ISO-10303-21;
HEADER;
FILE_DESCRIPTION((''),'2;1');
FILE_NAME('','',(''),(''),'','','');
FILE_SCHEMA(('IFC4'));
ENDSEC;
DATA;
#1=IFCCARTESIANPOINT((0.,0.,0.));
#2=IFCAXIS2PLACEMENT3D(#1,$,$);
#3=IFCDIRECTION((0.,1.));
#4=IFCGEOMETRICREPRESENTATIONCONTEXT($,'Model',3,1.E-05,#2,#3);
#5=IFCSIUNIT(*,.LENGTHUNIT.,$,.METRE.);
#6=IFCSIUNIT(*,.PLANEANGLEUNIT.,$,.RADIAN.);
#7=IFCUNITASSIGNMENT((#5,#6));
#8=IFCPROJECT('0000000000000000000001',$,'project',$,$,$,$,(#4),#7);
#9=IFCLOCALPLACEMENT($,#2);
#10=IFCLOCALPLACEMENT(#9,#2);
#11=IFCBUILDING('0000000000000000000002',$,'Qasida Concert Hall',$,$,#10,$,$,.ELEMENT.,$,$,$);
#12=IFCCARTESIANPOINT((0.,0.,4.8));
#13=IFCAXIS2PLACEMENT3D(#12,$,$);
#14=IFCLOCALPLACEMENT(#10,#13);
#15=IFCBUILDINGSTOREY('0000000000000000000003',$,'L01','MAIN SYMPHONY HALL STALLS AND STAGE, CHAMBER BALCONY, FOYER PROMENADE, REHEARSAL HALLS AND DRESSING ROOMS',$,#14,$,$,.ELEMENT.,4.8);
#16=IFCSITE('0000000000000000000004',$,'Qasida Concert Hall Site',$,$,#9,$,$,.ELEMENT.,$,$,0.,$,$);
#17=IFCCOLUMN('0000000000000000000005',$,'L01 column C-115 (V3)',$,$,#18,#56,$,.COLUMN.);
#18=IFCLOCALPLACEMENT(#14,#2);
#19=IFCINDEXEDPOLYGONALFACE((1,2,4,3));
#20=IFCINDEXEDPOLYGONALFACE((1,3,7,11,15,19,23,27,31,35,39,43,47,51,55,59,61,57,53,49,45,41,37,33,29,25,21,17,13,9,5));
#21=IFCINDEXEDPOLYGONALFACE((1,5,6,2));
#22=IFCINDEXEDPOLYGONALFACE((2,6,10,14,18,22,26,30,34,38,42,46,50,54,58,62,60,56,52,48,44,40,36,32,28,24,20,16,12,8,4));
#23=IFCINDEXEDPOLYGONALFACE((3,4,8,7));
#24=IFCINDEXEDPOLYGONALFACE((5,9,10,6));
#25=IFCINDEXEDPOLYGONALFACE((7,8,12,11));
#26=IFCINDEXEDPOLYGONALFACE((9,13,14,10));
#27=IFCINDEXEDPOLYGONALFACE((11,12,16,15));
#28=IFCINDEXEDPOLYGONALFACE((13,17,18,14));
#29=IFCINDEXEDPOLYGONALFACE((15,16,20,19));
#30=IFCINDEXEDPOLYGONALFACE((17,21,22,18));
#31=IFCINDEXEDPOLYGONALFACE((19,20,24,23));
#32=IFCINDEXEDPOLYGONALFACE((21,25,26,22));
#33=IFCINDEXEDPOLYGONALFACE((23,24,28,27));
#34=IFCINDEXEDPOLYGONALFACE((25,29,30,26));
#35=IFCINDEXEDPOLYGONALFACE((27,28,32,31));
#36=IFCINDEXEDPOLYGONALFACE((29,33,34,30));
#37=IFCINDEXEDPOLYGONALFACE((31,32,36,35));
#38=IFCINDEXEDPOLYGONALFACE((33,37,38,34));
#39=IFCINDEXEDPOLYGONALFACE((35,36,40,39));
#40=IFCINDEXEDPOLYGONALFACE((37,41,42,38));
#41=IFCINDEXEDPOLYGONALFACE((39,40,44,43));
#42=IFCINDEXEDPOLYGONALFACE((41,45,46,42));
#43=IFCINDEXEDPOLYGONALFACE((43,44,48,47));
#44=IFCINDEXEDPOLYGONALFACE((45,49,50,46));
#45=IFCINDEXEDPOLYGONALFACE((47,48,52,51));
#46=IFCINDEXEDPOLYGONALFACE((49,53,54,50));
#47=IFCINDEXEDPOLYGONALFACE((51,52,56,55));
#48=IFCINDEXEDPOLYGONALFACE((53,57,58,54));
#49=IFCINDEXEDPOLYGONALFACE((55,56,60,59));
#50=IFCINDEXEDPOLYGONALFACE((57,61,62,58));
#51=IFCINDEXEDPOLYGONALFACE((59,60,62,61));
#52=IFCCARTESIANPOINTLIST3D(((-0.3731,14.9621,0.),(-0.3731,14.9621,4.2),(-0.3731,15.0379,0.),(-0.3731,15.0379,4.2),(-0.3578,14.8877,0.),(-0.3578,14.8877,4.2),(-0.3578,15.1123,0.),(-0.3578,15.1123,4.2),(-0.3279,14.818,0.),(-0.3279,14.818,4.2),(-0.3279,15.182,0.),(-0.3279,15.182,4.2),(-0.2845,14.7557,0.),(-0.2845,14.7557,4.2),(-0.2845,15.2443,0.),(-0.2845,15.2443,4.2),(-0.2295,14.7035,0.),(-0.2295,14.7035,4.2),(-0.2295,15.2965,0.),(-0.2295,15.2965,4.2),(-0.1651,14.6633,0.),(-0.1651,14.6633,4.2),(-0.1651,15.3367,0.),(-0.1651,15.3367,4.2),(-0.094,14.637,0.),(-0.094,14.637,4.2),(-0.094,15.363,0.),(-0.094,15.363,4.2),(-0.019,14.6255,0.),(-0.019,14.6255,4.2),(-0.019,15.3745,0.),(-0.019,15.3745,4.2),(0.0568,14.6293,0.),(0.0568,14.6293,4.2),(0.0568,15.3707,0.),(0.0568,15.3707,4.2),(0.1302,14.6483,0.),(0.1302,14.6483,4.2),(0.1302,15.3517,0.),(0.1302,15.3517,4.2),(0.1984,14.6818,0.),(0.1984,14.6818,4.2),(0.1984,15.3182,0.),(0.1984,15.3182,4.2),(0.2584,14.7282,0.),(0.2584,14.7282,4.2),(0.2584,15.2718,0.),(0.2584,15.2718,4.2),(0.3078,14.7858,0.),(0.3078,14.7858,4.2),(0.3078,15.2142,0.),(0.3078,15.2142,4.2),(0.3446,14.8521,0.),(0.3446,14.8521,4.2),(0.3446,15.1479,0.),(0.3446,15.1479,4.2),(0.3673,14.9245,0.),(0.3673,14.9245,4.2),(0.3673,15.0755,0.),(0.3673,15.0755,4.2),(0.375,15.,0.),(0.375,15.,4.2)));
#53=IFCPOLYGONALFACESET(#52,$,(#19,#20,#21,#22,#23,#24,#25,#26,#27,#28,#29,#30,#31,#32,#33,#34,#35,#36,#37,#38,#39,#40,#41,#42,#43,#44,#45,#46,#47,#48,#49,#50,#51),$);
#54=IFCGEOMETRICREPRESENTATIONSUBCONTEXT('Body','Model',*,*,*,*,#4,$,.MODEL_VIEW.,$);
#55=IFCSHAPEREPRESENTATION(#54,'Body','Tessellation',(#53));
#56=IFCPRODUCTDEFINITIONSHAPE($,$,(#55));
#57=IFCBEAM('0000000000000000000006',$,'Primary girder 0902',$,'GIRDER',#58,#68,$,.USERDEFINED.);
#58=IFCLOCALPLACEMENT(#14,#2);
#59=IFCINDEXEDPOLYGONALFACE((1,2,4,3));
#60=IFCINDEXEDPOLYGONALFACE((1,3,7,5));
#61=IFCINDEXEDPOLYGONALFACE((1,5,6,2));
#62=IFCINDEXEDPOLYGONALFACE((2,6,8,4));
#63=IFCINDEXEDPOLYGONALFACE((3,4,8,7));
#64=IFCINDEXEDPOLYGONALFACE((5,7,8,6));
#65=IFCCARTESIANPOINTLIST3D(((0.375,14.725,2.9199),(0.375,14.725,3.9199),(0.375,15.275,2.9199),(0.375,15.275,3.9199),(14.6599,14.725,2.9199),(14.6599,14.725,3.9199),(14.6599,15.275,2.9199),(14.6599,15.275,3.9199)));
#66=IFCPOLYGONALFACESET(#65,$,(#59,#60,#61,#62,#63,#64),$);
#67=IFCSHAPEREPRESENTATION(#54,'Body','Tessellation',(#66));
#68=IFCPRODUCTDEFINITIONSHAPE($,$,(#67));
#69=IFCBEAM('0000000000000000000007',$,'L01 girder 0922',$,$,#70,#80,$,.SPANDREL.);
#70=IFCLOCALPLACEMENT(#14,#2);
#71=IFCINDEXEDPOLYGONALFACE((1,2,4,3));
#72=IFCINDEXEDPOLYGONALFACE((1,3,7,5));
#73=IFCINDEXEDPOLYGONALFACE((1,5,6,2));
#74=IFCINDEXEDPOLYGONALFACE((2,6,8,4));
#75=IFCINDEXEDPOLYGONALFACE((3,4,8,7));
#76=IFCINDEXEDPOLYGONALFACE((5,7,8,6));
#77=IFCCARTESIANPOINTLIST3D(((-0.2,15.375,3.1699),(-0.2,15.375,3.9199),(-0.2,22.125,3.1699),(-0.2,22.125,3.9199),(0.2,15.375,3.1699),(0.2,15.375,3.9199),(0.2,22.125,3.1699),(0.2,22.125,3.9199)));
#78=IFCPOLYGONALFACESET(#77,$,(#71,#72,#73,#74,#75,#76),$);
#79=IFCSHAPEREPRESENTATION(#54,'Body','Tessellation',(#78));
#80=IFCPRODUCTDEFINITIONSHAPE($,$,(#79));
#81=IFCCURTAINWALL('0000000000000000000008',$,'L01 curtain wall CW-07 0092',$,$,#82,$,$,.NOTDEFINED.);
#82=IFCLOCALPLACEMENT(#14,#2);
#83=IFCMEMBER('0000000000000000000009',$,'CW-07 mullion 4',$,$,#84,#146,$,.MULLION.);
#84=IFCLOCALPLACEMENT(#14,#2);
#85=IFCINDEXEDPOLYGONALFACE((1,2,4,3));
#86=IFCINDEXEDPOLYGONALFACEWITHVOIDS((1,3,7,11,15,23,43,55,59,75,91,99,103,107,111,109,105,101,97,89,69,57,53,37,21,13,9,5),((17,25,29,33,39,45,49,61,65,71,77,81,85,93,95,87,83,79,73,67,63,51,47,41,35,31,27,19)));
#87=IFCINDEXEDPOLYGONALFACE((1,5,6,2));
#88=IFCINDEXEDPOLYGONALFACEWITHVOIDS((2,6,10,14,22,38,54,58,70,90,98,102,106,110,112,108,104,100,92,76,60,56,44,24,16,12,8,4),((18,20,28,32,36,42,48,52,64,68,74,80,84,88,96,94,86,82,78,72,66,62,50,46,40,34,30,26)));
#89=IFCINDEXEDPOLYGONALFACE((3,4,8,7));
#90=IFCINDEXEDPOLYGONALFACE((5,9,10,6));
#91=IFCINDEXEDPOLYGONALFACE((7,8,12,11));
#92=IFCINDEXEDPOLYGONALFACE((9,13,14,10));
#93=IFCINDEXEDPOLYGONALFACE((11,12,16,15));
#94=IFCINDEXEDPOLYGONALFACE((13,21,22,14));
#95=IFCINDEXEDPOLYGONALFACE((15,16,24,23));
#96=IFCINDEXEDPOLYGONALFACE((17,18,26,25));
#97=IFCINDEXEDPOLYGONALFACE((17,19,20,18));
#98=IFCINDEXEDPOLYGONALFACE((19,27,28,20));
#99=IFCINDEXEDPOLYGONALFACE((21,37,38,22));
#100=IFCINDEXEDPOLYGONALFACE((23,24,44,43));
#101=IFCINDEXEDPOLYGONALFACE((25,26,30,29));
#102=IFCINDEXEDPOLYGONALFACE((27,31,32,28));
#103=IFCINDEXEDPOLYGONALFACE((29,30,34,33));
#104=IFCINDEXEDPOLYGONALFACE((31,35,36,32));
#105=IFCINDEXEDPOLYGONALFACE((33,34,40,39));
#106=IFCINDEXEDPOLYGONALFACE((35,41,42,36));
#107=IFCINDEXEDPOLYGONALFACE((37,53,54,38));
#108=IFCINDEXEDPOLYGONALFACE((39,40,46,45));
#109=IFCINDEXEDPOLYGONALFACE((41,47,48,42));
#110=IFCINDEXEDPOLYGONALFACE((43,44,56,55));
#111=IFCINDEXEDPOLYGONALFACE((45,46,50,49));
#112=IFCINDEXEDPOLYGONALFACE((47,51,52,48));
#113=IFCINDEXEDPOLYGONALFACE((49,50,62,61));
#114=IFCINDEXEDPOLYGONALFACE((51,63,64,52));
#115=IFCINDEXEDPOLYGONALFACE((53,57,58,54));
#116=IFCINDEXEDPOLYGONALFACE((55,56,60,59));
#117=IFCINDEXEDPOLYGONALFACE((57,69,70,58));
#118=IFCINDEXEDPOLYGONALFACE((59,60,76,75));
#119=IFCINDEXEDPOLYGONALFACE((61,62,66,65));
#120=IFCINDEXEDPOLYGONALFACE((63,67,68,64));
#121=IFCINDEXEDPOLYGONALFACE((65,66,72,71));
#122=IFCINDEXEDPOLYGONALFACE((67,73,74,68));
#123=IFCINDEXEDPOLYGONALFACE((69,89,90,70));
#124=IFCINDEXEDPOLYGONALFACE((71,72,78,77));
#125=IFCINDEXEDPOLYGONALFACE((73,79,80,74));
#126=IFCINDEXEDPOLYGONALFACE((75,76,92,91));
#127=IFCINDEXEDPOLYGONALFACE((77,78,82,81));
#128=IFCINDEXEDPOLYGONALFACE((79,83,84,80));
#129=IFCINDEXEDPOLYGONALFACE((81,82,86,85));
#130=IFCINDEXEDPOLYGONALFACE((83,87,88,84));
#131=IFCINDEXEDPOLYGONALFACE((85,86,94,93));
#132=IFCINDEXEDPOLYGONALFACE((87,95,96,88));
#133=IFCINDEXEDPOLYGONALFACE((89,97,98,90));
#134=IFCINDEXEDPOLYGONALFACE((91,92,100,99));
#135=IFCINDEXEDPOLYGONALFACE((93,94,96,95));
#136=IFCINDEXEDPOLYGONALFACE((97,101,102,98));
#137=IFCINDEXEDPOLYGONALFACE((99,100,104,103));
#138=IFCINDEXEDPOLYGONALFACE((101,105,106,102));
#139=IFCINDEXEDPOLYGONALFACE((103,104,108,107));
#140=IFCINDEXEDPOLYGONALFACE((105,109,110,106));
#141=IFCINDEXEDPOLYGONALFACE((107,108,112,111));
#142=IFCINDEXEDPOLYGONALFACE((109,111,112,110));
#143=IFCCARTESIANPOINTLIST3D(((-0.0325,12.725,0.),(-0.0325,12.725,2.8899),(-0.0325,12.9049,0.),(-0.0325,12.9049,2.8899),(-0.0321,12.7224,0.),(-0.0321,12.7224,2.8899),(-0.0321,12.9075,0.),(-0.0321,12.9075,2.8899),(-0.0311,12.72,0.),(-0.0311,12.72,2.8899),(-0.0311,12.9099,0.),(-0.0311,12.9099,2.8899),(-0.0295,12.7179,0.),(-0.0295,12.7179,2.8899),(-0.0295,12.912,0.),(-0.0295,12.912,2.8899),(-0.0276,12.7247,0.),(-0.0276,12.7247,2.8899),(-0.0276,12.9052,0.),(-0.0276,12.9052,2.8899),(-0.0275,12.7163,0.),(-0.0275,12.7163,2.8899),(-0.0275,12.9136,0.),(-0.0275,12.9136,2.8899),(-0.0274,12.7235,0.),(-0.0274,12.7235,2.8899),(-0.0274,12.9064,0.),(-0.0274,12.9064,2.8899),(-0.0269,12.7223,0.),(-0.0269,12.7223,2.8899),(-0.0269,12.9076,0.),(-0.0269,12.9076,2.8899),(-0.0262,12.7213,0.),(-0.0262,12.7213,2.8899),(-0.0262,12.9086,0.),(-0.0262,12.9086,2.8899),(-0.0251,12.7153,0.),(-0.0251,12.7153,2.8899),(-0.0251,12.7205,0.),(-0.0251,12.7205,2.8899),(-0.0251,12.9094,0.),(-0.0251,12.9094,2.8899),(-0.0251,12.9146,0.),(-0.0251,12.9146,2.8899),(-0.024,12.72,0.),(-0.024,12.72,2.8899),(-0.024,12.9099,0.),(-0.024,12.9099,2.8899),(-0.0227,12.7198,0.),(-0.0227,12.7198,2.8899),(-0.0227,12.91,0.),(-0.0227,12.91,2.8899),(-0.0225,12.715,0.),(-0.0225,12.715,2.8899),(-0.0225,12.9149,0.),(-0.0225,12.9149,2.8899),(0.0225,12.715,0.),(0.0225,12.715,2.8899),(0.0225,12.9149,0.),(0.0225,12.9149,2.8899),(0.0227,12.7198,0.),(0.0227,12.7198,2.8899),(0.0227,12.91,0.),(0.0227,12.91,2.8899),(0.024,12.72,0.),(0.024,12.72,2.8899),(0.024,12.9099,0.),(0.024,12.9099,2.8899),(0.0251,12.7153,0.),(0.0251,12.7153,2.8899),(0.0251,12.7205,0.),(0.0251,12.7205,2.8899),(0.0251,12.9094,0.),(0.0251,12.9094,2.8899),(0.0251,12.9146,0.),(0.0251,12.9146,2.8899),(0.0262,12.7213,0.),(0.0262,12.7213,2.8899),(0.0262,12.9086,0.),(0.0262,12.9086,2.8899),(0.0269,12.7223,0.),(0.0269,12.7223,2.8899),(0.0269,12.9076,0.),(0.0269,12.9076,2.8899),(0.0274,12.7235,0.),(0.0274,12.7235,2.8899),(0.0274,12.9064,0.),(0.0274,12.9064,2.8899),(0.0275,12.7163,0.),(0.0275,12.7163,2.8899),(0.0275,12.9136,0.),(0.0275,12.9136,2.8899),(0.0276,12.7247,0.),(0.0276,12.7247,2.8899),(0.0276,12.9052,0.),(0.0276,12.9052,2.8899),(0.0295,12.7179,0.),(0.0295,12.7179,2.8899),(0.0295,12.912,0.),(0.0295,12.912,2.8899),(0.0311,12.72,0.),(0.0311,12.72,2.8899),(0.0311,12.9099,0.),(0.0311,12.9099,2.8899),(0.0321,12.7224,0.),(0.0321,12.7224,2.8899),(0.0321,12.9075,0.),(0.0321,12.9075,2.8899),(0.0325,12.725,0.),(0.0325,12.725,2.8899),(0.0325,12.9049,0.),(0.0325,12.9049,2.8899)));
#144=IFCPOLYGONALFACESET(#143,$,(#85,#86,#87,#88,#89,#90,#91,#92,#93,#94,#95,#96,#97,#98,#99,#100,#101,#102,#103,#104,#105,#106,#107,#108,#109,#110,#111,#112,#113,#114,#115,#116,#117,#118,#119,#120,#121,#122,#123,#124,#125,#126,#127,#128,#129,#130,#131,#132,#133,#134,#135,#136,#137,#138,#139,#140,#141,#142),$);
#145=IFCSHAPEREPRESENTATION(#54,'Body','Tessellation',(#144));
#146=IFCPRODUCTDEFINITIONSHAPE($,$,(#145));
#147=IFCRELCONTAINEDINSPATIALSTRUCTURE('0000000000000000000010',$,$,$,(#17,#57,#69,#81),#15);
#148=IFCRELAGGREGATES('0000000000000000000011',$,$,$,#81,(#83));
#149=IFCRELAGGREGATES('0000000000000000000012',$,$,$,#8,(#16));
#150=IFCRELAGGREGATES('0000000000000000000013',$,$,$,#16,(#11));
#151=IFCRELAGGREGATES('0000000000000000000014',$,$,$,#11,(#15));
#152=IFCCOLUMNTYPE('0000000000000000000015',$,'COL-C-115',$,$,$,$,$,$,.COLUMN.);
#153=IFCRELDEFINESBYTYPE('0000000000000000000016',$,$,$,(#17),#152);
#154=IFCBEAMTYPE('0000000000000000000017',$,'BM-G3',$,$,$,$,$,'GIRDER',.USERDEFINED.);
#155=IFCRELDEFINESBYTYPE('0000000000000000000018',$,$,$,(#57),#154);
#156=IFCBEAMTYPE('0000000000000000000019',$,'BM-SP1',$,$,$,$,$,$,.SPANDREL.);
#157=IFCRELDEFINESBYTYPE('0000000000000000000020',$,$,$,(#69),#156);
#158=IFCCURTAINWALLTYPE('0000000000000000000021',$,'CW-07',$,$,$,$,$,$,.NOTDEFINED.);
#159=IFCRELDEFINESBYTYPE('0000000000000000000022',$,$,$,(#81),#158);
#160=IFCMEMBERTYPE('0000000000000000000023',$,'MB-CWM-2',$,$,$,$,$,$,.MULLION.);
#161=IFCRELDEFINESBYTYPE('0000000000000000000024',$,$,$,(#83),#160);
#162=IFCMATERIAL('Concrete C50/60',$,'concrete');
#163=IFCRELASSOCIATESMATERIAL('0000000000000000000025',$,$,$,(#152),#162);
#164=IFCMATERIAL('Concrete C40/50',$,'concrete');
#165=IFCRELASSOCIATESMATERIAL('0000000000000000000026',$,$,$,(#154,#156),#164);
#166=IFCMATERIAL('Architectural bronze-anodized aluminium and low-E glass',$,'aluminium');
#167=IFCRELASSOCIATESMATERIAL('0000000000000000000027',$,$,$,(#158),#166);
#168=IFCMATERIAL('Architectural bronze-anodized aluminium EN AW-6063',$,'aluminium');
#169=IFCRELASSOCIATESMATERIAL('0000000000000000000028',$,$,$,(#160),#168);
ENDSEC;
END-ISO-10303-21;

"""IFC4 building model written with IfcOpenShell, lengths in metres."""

from ifc_helpers import new_model, si_unit, direction, frame, origin, origin_2d, place, context, subcontext, project, spatial, rectangle, hollow_rectangle, circle, extrude, material, material_profile, profile_set, type_object, element, aggregate, save


model = new_model("IFC4")

# Units and contexts
model_context = context("Model", 3, precision=1e-05, world=origin(), true_north=direction((0.0, 1.0)))
body_context = subcontext(model_context, "Body", "Model", "MODEL_VIEW")
ifc_project = project(units=[si_unit("LENGTHUNIT", "METRE"), si_unit("PLANEANGLEUNIT", "RADIAN")], contexts=[model_context])

# Site, building, storey
site_placement = place(None, origin())
site = spatial("IfcSite", under=ifc_project, at=site_placement, Name="Qasida Concert Hall Site", CompositionType="ELEMENT", RefElevation=0.0)
building_placement = place(site_placement, origin())
building = spatial("IfcBuilding", under=site, at=building_placement, Name="Qasida Concert Hall", CompositionType="ELEMENT")
storey_placement = place(building_placement, frame((0.0, 0.0, 4.8)))
storey = spatial("IfcBuildingStorey", under=building, at=storey_placement, Name="L01", Description="MAIN SYMPHONY HALL STALLS AND STAGE, CHAMBER BALCONY, FOYER PROMENADE, REHEARSAL HALLS AND DRESSING ROOMS", CompositionType="ELEMENT", Elevation=4.8)

# Column
ifc_material_1 = material(Name="Concrete C50/60", Category="concrete")
ifc_material_profile_1 = material_profile(ifc_material_1, circle(Radius=0.375, at=origin_2d()), Name="RC COL D750")
ifc_profile_set_1 = profile_set([ifc_material_profile_1], Name="Concrete C50/60")
column_type = type_object("IfcColumnType", Name="COL-C-115", PredefinedType="COLUMN", material=ifc_profile_set_1)
column_placement = place(storey_placement, frame((0.0, 15.0, 0.0), z_axis=(0.0, 0.0, 1.0), x_axis=(1.0, 0.0, 0.0)))
element("IfcColumn", 1, at=column_placement, inside=storey, type_object=column_type, Name="L01 column C-115 (V3)", PredefinedType="COLUMN", context=body_context, shape_type="SweptSolid", body=[
    extrude(circle(Radius=0.375, at=origin_2d()), origin(), (0.0, 0.0, 1.0), 4.2),
])

# Beams
ifc_material_2 = material(Name="Concrete C40/50", Category="concrete")
ifc_material_profile_2 = material_profile(ifc_material_2, rectangle(XDim=0.55, YDim=1.0, at=origin_2d()), Name="RC 550x1000")
ifc_profile_set_2 = profile_set([ifc_material_profile_2], Name="Concrete C40/50")
beam_type_1 = type_object("IfcBeamType", Name="BM-G3", ElementType="GIRDER", PredefinedType="USERDEFINED", material=ifc_profile_set_2)
beam_1_placement = place(storey_placement, frame((0.375, 15.0, 3.4199), z_axis=(1.0, 0.0, 0.0), x_axis=(0.0, 1.0, 0.0)))
element("IfcBeam", 2, at=beam_1_placement, inside=storey, type_object=beam_type_1, Name="Primary girder 0902", ObjectType="GIRDER", PredefinedType="USERDEFINED", context=body_context, shape_type="SweptSolid", body=[
    extrude(rectangle(XDim=0.55, YDim=1.0, at=origin_2d()), origin(), (0.0, 0.0, 1.0), 14.2849),
])
ifc_material_profile_3 = material_profile(ifc_material_2, rectangle(XDim=0.3999, YDim=0.75, at=origin_2d()), Name="RC 400x750")
ifc_profile_set_3 = profile_set([ifc_material_profile_3], Name="Concrete C40/50")
beam_type_2 = type_object("IfcBeamType", Name="BM-SP1", PredefinedType="SPANDREL", material=ifc_profile_set_3)
beam_2_placement = place(storey_placement, frame((0.0, 15.375, 3.5449), z_axis=(0.0, 1.0, 0.0), x_axis=(-1.0, 0.0, 0.0)))
element("IfcBeam", 3, at=beam_2_placement, inside=storey, type_object=beam_type_2, Name="L01 girder 0922", PredefinedType="SPANDREL", context=body_context, shape_type="SweptSolid", body=[
    extrude(rectangle(XDim=0.3999, YDim=0.75, at=origin_2d()), origin(), (0.0, 0.0, 1.0), 6.75),
])

# Curtain wall, member
ifc_material_3 = material(Name="Architectural bronze-anodized aluminium and low-E glass", Category="aluminium")
curtain_wall_type = type_object("IfcCurtainWallType", Name="CW-07", PredefinedType="NOTDEFINED", material=ifc_material_3)
curtain_wall_placement = place(storey_placement, origin())
curtain_wall = element("IfcCurtainWall", 4, at=curtain_wall_placement, inside=storey, type_object=curtain_wall_type, Name="L01 curtain wall CW-07 0092", PredefinedType="NOTDEFINED")
ifc_material_4 = material(Name="Architectural bronze-anodized aluminium EN AW-6063", Category="aluminium")
ifc_material_profile_4 = material_profile(ifc_material_4, hollow_rectangle(XDim=0.0649, YDim=0.2, WallThickness=0.0049, InnerFilletRadius=0.0049, OuterFilletRadius=0.01, at=origin_2d()), Name="CWM 200x65x5")
ifc_profile_set_4 = profile_set([ifc_material_profile_4], Name="Architectural bronze-anodized aluminium EN AW-6063")
member_type_1 = type_object("IfcMemberType", Name="MB-CWM-2", PredefinedType="MULLION", material=ifc_profile_set_4)
member_1_placement = place(storey_placement, frame((0.0, 12.8149, 0.0), z_axis=(0.0, 0.0, 1.0), x_axis=(-1.0, 0.0, 0.0)))
member_1 = element("IfcMember", 5, at=member_1_placement, type_object=member_type_1, Name="CW-07 mullion 4", PredefinedType="MULLION", context=body_context, shape_type="SweptSolid", body=[
    extrude(hollow_rectangle(XDim=0.0649, YDim=0.2, WallThickness=0.0049, InnerFilletRadius=0.0049, OuterFilletRadius=0.01, at=origin_2d()), origin(), (0.0, 0.0, 1.0), 2.8899),
])
aggregate(curtain_wall, [member_1])

save(model, "model.ifc")
